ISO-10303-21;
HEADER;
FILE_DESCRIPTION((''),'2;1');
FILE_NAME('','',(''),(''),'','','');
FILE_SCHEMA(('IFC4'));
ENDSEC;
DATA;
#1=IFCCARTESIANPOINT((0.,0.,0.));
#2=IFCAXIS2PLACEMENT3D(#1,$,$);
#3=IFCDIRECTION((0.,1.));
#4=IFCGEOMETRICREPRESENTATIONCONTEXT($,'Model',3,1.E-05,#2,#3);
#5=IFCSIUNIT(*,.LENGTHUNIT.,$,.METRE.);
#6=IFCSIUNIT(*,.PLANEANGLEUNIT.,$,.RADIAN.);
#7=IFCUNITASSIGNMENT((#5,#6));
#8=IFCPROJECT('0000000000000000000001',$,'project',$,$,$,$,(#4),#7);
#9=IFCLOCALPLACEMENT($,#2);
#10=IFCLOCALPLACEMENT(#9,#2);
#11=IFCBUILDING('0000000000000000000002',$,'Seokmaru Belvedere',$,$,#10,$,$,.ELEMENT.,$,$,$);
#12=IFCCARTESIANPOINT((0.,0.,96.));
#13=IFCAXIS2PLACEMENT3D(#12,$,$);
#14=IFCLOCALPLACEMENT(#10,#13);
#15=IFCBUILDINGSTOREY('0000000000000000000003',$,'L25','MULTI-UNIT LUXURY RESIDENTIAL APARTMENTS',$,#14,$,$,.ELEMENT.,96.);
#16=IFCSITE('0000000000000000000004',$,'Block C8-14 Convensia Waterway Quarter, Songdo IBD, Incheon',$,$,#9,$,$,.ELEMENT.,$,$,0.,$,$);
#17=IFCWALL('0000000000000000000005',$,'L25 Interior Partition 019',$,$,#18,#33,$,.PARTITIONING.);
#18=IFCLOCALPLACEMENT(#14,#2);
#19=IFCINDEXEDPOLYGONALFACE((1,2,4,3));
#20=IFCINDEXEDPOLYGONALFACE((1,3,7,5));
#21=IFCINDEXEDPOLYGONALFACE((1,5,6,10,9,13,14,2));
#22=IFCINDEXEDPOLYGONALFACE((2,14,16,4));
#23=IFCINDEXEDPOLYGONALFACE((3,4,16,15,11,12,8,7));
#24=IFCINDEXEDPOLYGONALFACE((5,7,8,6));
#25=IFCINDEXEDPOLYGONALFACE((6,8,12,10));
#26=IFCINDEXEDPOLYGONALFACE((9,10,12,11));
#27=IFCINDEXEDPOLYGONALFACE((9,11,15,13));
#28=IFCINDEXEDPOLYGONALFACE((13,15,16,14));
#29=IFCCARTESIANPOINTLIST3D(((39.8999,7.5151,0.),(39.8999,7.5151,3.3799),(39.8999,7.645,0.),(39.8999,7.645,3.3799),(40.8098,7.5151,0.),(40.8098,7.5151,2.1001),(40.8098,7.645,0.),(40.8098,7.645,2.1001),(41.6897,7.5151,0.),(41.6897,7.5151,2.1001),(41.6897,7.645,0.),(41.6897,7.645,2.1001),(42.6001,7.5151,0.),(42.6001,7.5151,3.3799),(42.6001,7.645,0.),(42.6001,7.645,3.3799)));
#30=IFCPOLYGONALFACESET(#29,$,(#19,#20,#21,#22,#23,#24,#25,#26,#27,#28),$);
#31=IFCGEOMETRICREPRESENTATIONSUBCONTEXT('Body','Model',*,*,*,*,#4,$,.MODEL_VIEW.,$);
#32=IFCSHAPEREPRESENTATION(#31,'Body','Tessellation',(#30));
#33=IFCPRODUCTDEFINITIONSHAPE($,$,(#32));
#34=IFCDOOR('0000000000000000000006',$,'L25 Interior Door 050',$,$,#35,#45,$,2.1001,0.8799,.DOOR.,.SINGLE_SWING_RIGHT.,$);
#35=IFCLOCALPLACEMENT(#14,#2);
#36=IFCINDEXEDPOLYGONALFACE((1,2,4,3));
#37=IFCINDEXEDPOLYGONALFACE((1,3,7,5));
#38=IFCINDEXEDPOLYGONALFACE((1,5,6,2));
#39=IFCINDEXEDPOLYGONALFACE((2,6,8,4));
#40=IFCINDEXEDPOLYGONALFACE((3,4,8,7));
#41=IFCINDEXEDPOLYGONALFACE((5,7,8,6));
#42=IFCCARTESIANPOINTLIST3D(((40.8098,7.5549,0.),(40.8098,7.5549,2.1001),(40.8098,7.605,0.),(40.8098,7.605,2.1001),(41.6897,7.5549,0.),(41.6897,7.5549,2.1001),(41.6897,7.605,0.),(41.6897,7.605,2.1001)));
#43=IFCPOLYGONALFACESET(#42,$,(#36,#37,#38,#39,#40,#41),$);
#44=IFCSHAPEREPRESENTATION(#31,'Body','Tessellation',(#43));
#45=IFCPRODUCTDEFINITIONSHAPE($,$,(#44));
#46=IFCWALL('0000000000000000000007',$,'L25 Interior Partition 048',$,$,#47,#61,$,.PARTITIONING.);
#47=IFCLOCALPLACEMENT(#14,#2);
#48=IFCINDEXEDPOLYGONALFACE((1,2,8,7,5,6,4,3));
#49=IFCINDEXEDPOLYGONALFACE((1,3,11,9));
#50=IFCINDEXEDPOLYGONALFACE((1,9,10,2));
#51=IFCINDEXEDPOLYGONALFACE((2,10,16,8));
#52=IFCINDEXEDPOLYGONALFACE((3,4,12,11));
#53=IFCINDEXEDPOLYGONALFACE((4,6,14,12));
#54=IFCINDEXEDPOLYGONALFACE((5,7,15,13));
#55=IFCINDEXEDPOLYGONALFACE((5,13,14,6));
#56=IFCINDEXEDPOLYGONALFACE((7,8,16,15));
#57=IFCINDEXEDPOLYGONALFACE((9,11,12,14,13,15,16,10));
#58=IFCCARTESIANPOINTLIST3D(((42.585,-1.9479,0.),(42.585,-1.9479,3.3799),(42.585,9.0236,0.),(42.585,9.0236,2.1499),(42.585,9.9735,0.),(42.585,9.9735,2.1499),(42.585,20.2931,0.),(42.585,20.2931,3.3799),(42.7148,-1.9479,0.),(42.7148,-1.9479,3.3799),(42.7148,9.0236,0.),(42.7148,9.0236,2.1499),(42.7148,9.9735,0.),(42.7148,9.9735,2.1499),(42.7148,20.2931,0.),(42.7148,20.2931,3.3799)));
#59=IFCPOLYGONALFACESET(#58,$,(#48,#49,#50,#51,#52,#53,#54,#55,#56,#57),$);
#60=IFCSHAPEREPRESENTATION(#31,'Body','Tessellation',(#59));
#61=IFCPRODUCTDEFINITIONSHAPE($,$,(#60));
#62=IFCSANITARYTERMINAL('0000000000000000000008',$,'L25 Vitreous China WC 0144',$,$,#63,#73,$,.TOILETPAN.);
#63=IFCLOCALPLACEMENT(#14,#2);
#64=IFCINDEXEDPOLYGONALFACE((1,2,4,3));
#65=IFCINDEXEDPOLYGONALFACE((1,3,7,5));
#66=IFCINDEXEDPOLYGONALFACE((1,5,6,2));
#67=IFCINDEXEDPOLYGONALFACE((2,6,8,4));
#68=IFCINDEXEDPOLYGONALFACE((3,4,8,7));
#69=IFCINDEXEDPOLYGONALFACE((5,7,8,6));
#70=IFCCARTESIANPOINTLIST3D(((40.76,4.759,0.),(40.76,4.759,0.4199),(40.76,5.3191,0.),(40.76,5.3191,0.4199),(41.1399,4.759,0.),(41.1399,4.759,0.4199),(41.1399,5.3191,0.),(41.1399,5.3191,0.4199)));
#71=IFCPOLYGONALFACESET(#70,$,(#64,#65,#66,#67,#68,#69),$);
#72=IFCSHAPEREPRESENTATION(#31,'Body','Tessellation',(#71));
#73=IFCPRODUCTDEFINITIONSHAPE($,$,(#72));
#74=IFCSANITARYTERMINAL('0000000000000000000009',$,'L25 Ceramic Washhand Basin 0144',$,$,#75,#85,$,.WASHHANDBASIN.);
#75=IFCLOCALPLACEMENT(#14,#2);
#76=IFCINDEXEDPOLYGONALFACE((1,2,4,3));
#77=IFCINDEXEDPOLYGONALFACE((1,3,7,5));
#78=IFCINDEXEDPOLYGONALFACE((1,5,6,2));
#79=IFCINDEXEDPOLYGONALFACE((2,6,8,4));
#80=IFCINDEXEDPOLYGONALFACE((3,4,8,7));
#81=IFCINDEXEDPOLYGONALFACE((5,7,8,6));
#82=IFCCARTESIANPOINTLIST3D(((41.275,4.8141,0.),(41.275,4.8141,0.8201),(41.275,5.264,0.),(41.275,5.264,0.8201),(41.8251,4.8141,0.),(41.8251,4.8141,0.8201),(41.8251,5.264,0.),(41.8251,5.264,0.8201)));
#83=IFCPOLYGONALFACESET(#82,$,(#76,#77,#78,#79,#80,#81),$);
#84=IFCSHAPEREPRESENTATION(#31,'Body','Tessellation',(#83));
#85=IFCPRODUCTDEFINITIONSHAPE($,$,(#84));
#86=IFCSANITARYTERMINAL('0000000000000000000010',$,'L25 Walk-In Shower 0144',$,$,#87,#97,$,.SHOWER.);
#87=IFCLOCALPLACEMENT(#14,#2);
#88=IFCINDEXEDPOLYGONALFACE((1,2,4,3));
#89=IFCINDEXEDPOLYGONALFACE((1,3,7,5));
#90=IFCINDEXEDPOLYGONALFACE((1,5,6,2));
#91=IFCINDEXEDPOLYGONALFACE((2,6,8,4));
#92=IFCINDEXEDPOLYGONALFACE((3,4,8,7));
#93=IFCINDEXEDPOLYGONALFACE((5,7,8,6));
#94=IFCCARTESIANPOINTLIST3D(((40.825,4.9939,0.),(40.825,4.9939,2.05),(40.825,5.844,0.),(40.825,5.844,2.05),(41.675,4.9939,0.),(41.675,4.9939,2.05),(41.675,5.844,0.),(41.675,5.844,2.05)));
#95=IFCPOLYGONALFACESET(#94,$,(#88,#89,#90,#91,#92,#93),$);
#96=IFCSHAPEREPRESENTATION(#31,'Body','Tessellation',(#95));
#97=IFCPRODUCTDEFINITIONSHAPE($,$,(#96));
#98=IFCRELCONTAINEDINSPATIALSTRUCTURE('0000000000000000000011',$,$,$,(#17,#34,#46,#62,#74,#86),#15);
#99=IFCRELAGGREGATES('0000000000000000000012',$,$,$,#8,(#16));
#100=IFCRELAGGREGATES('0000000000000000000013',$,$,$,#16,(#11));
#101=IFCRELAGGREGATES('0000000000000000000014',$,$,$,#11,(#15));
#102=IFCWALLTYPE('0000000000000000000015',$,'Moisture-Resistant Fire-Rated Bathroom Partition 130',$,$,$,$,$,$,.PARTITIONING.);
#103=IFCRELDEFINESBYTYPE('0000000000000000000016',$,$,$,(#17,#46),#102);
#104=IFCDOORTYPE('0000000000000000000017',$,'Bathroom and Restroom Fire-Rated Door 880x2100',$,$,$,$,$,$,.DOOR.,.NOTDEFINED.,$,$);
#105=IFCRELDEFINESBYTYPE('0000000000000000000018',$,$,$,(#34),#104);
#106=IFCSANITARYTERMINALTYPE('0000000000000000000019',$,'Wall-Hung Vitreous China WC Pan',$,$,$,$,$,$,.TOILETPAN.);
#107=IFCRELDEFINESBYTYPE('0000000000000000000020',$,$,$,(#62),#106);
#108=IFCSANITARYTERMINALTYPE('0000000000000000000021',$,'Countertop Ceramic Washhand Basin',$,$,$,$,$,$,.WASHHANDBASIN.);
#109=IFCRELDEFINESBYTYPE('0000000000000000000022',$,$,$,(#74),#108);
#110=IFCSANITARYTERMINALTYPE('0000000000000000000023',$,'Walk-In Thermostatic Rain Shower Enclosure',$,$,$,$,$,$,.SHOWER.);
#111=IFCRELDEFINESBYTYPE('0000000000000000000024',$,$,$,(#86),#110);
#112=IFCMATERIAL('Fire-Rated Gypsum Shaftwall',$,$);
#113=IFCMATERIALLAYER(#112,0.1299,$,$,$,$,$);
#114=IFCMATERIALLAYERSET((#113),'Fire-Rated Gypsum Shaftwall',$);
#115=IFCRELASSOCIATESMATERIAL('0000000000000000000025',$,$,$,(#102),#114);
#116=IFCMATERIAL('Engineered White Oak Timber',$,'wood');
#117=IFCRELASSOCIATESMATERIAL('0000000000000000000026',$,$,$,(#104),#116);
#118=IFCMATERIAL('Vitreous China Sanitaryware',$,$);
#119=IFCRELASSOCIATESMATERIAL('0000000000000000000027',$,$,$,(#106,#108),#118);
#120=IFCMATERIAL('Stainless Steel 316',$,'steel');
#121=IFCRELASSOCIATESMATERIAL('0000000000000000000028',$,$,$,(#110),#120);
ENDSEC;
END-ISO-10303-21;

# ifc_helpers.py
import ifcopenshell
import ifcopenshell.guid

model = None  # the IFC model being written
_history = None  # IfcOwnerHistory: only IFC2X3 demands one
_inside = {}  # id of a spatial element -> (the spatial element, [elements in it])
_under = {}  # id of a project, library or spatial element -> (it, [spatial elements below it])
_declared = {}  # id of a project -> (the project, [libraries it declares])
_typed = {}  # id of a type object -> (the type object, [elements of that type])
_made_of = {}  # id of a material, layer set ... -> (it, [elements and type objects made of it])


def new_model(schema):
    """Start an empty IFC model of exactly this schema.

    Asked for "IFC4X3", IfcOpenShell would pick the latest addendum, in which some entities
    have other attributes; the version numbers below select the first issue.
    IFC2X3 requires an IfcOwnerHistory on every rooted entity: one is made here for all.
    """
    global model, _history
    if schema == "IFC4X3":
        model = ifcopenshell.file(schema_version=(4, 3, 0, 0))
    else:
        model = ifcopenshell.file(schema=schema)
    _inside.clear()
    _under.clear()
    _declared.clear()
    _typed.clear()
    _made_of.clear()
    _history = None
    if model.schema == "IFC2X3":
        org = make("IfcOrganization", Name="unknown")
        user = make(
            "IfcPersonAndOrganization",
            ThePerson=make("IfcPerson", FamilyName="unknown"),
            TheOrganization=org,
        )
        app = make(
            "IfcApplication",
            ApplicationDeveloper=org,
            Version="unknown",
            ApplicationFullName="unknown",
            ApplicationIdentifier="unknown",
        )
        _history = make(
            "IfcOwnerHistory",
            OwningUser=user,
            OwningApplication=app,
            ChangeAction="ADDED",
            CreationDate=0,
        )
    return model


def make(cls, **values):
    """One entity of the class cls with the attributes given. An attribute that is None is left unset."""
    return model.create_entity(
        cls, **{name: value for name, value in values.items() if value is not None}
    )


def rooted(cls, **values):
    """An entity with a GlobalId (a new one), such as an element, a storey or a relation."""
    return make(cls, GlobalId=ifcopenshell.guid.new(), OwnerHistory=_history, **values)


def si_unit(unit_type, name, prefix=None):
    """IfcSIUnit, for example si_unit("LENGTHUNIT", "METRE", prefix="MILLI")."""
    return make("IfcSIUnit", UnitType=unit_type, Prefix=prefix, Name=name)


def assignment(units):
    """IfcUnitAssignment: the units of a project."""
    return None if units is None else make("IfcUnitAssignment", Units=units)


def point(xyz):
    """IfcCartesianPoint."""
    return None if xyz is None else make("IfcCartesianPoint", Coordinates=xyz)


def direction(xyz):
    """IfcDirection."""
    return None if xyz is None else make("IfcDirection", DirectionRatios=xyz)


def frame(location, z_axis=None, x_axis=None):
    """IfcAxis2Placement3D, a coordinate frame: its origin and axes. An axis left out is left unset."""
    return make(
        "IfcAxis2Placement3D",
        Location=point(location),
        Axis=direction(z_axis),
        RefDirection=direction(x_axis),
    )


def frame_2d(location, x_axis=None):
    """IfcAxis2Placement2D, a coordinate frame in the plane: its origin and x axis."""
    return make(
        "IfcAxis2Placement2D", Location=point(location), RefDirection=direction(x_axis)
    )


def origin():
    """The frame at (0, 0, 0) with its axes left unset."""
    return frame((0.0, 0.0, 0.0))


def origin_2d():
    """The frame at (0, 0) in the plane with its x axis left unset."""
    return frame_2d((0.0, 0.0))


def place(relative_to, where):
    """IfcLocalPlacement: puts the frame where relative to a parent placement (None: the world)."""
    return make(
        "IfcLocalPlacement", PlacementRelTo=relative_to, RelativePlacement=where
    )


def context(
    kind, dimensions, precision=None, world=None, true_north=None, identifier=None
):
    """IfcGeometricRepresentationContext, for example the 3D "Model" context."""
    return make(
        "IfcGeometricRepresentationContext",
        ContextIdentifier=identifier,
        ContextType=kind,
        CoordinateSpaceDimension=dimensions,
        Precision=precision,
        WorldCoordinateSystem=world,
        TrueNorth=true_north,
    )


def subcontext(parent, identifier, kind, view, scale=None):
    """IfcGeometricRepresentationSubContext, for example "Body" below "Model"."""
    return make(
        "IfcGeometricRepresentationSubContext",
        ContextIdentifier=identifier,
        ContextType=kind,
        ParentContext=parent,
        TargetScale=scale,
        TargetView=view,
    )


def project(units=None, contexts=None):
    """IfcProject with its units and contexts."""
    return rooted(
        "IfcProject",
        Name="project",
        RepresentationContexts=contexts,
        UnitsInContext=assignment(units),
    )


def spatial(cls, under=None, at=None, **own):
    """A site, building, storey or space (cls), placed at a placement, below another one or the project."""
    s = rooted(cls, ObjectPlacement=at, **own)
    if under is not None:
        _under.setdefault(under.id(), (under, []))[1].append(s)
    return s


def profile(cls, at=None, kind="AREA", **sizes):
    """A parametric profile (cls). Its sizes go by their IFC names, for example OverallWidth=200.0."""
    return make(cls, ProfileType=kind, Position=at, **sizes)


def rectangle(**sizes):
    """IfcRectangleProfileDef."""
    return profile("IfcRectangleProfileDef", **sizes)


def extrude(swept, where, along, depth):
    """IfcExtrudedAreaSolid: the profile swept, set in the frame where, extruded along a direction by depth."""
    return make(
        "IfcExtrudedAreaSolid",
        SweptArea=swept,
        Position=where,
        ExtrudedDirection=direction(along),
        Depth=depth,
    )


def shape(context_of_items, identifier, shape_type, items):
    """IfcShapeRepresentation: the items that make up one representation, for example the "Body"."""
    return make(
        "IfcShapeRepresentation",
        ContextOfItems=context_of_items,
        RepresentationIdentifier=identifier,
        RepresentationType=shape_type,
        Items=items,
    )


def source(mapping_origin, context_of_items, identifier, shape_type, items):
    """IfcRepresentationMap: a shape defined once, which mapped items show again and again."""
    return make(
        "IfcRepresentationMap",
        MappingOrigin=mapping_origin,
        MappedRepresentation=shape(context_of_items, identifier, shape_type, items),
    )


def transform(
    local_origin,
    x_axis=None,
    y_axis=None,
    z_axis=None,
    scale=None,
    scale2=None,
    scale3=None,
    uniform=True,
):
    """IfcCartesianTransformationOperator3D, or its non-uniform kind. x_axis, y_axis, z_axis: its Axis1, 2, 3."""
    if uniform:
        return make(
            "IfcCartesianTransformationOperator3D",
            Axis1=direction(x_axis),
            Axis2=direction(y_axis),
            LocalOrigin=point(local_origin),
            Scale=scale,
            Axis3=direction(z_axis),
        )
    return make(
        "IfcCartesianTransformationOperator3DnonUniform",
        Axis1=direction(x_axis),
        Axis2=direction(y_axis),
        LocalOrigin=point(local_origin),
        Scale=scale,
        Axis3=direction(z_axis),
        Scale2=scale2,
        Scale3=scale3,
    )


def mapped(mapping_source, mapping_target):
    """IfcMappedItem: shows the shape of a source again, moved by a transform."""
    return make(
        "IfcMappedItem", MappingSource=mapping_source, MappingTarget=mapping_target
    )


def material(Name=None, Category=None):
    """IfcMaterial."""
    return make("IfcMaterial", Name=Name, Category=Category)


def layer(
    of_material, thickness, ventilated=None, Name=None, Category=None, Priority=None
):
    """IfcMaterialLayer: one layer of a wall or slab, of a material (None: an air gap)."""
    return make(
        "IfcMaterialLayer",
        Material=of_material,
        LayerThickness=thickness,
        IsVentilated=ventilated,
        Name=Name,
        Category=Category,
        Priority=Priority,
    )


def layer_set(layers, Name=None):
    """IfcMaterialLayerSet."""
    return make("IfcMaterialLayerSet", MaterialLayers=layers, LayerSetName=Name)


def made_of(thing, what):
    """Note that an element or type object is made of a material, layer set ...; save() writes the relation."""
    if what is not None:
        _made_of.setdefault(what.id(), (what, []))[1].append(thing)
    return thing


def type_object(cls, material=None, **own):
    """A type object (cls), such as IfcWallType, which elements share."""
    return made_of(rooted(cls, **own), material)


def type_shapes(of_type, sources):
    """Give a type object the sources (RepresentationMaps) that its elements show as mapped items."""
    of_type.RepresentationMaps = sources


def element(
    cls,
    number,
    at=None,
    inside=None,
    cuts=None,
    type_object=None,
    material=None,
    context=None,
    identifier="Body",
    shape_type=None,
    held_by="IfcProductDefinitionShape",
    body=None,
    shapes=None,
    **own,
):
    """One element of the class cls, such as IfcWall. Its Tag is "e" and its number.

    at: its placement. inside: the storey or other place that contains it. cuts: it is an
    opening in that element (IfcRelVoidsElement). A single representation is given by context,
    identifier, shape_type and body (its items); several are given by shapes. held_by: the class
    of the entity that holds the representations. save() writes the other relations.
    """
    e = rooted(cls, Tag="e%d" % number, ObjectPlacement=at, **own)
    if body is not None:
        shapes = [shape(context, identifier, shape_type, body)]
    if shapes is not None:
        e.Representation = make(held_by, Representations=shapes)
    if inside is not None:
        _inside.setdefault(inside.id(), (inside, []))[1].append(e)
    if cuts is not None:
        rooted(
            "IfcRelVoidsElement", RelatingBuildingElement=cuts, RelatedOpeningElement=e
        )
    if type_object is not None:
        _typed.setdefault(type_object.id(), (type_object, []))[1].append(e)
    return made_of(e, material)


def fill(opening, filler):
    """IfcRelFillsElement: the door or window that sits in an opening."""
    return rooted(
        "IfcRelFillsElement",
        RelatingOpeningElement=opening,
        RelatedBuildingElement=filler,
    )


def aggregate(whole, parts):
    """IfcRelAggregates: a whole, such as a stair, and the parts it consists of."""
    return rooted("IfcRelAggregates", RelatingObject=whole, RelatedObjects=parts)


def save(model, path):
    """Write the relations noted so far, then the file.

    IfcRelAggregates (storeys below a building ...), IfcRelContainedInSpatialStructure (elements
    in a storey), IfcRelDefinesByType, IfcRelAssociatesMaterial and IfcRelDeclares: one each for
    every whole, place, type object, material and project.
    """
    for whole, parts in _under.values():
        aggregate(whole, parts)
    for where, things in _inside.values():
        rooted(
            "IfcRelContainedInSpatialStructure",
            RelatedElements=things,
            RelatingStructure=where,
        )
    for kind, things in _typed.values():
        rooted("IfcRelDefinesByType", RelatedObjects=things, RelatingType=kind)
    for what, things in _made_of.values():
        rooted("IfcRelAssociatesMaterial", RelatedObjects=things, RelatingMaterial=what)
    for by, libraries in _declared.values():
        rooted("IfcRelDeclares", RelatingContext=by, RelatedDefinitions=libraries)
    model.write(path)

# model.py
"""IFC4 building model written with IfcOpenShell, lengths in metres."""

from ifc_helpers import new_model, si_unit, direction, frame, frame_2d, origin, origin_2d, place, context, subcontext, project, spatial, rectangle, extrude, source, transform, mapped, material, layer, layer_set, type_object, type_shapes, element, fill, save


model = new_model("IFC4")

# Units and contexts
model_context = context("Model", 3, precision=1e-05, world=origin(), true_north=direction((0.0, 1.0)))
body_context = subcontext(model_context, "Body", "Model", "MODEL_VIEW")
ifc_project = project(units=[si_unit("LENGTHUNIT", "METRE"), si_unit("PLANEANGLEUNIT", "RADIAN")], contexts=[model_context])

# Site, building, storey
site_placement = place(None, origin())
site = spatial("IfcSite", under=ifc_project, at=site_placement, Name="Block C8-14 Convensia Waterway Quarter, Songdo IBD, Incheon", CompositionType="ELEMENT", RefElevation=0.0)
building_placement = place(site_placement, origin())
building = spatial("IfcBuilding", under=site, at=building_placement, Name="Seokmaru Belvedere", CompositionType="ELEMENT")
storey_placement = place(building_placement, frame((0.0, 0.0, 96.0)))
storey = spatial("IfcBuildingStorey", under=building, at=storey_placement, Name="L25", Description="MULTI-UNIT LUXURY RESIDENTIAL APARTMENTS", CompositionType="ELEMENT", Elevation=96.0)

# Shared definitions
ifc_material_1 = material(Name="Fire-Rated Gypsum Shaftwall")
ifc_material_2 = material(Name="Engineered White Oak Timber", Category="wood")

# Wall, opening, door
ifc_layer_1 = layer(ifc_material_1, 0.1299)
ifc_layer_set_1 = layer_set([ifc_layer_1], Name="Fire-Rated Gypsum Shaftwall")
wall_type_1 = type_object("IfcWallType", Name="Moisture-Resistant Fire-Rated Bathroom Partition 130", PredefinedType="PARTITIONING", material=ifc_layer_set_1)
wall_1_placement = place(storey_placement, frame((39.8999, 7.5801, 0.0), z_axis=(0.0, 0.0, 1.0), x_axis=(1.0, 0.0, 0.0)))
wall_1 = element("IfcWall", 1, at=wall_1_placement, inside=storey, type_object=wall_type_1, Name="L25 Interior Partition 019", PredefinedType="PARTITIONING", context=body_context, shape_type="SweptSolid", body=[
    extrude(rectangle(XDim=2.7002, YDim=0.1299, at=frame_2d((1.3501, 0.0))), origin(), (0.0, 0.0, 1.0), 3.3799),
])
opening_1_placement = place(wall_1_placement, frame((0.9099, 0.0, 0.0)))
opening_1 = element("IfcOpeningElement", 2, at=opening_1_placement, cuts=wall_1, PredefinedType="OPENING", context=body_context, shape_type="SweptSolid", body=[
    extrude(rectangle(XDim=0.8799, YDim=2.1001, at=frame_2d((0.4399, 1.05))), frame((0.0, 0.075, 0.0), z_axis=(0.0, -1.0, 0.0), x_axis=(1.0, 0.0, 0.0)), (0.0, 0.0, 1.0), 0.1499),
])
door_type_1 = type_object("IfcDoorType", Name="Bathroom and Restroom Fire-Rated Door 880x2100", OperationType="NOTDEFINED", PredefinedType="DOOR", material=ifc_material_2)
shared_shape_1 = source(origin(), body_context, "Body", "SweptSolid", [
    extrude(rectangle(XDim=0.8799, YDim=2.1001, at=frame_2d((0.4399, 1.05))), frame((0.0, 0.0249, 0.0), z_axis=(0.0, -1.0, 0.0), x_axis=(1.0, 0.0, 0.0)), (0.0, 0.0, 1.0), 0.05),
])
type_shapes(door_type_1, [shared_shape_1])
door_1_placement = place(opening_1_placement, origin())
door_1 = element("IfcDoor", 3, at=door_1_placement, inside=storey, type_object=door_type_1, Name="L25 Interior Door 050", OperationType="SINGLE_SWING_RIGHT", OverallHeight=2.1001, OverallWidth=0.8799, PredefinedType="DOOR", context=body_context, shape_type="MappedRepresentation", body=[
    mapped(shared_shape_1, transform((0.0, 0.0, 0.0), scale=1.0)),
])
fill(opening_1, door_1)

# Wall, opening
wall_2_placement = place(storey_placement, frame((42.6499, -1.948, 0.0), z_axis=(0.0, 0.0, 1.0), x_axis=(0.0, 1.0, 0.0)))
wall_2 = element("IfcWall", 4, at=wall_2_placement, inside=storey, type_object=wall_type_1, Name="L25 Interior Partition 048", PredefinedType="PARTITIONING", context=body_context, shape_type="SweptSolid", body=[
    extrude(rectangle(XDim=22.241, YDim=0.1299, at=frame_2d((11.1206, 0.0))), origin(), (0.0, 0.0, 1.0), 3.3799),
])
opening_2_placement = place(wall_2_placement, frame((10.9714, 0.0, 0.0)))
element("IfcOpeningElement", 5, at=opening_2_placement, cuts=wall_2, PredefinedType="OPENING", context=body_context, shape_type="SweptSolid", body=[
    extrude(rectangle(XDim=0.95, YDim=2.1499, at=frame_2d((0.4751, 1.075))), frame((0.0, 0.075, 0.0), z_axis=(0.0, -1.0, 0.0), x_axis=(1.0, 0.0, 0.0)), (0.0, 0.0, 1.0), 0.1499),
])

# Sanitary terminals
ifc_material_3 = material(Name="Vitreous China Sanitaryware")
sanitary_terminal_type_1 = type_object("IfcSanitaryTerminalType", Name="Wall-Hung Vitreous China WC Pan", PredefinedType="TOILETPAN", material=ifc_material_3)
shared_shape_2 = source(origin(), body_context, "Body", "SweptSolid", [
    extrude(rectangle(XDim=0.3799, YDim=0.5601, at=origin_2d()), origin(), (0.0, 0.0, 1.0), 0.4199),
])
type_shapes(sanitary_terminal_type_1, [shared_shape_2])
sanitary_terminal_1_placement = place(storey_placement, frame((40.95, 5.0391, 0.0), z_axis=(0.0, 0.0, 1.0), x_axis=(1.0, 0.0, 0.0)))
element("IfcSanitaryTerminal", 6, at=sanitary_terminal_1_placement, inside=storey, type_object=sanitary_terminal_type_1, Name="L25 Vitreous China WC 0144", PredefinedType="TOILETPAN", context=body_context, shape_type="MappedRepresentation", body=[
    mapped(shared_shape_2, transform((0.0, 0.0, 0.0), scale=1.0)),
])
sanitary_terminal_type_2 = type_object("IfcSanitaryTerminalType", Name="Countertop Ceramic Washhand Basin", PredefinedType="WASHHANDBASIN", material=ifc_material_3)
shared_shape_3 = source(origin(), body_context, "Body", "SweptSolid", [
    extrude(rectangle(XDim=0.55, YDim=0.45, at=origin_2d()), origin(), (0.0, 0.0, 1.0), 0.8201),
])
type_shapes(sanitary_terminal_type_2, [shared_shape_3])
sanitary_terminal_2_placement = place(storey_placement, frame((41.55, 5.0391, 0.0), z_axis=(0.0, 0.0, 1.0), x_axis=(1.0, 0.0, 0.0)))
element("IfcSanitaryTerminal", 7, at=sanitary_terminal_2_placement, inside=storey, type_object=sanitary_terminal_type_2, Name="L25 Ceramic Washhand Basin 0144", PredefinedType="WASHHANDBASIN", context=body_context, shape_type="MappedRepresentation", body=[
    mapped(shared_shape_3, transform((0.0, 0.0, 0.0), scale=1.0)),
])
ifc_material_4 = material(Name="Stainless Steel 316", Category="steel")
sanitary_terminal_type_3 = type_object("IfcSanitaryTerminalType", Name="Walk-In Thermostatic Rain Shower Enclosure", PredefinedType="SHOWER", material=ifc_material_4)
shared_shape_4 = source(origin(), body_context, "Body", "SweptSolid", [
    extrude(rectangle(XDim=0.8501, YDim=0.8501, at=origin_2d()), origin(), (0.0, 0.0, 1.0), 2.05),
])
type_shapes(sanitary_terminal_type_3, [shared_shape_4])
sanitary_terminal_3_placement = place(storey_placement, frame((41.25, 5.4189, 0.0), z_axis=(0.0, 0.0, 1.0), x_axis=(1.0, 0.0, 0.0)))
element("IfcSanitaryTerminal", 8, at=sanitary_terminal_3_placement, inside=storey, type_object=sanitary_terminal_type_3, Name="L25 Walk-In Shower 0144", PredefinedType="SHOWER", context=body_context, shape_type="MappedRepresentation", body=[
    mapped(shared_shape_4, transform((0.0, 0.0, 0.0), scale=1.0)),
])

save(model, "model.ifc")
